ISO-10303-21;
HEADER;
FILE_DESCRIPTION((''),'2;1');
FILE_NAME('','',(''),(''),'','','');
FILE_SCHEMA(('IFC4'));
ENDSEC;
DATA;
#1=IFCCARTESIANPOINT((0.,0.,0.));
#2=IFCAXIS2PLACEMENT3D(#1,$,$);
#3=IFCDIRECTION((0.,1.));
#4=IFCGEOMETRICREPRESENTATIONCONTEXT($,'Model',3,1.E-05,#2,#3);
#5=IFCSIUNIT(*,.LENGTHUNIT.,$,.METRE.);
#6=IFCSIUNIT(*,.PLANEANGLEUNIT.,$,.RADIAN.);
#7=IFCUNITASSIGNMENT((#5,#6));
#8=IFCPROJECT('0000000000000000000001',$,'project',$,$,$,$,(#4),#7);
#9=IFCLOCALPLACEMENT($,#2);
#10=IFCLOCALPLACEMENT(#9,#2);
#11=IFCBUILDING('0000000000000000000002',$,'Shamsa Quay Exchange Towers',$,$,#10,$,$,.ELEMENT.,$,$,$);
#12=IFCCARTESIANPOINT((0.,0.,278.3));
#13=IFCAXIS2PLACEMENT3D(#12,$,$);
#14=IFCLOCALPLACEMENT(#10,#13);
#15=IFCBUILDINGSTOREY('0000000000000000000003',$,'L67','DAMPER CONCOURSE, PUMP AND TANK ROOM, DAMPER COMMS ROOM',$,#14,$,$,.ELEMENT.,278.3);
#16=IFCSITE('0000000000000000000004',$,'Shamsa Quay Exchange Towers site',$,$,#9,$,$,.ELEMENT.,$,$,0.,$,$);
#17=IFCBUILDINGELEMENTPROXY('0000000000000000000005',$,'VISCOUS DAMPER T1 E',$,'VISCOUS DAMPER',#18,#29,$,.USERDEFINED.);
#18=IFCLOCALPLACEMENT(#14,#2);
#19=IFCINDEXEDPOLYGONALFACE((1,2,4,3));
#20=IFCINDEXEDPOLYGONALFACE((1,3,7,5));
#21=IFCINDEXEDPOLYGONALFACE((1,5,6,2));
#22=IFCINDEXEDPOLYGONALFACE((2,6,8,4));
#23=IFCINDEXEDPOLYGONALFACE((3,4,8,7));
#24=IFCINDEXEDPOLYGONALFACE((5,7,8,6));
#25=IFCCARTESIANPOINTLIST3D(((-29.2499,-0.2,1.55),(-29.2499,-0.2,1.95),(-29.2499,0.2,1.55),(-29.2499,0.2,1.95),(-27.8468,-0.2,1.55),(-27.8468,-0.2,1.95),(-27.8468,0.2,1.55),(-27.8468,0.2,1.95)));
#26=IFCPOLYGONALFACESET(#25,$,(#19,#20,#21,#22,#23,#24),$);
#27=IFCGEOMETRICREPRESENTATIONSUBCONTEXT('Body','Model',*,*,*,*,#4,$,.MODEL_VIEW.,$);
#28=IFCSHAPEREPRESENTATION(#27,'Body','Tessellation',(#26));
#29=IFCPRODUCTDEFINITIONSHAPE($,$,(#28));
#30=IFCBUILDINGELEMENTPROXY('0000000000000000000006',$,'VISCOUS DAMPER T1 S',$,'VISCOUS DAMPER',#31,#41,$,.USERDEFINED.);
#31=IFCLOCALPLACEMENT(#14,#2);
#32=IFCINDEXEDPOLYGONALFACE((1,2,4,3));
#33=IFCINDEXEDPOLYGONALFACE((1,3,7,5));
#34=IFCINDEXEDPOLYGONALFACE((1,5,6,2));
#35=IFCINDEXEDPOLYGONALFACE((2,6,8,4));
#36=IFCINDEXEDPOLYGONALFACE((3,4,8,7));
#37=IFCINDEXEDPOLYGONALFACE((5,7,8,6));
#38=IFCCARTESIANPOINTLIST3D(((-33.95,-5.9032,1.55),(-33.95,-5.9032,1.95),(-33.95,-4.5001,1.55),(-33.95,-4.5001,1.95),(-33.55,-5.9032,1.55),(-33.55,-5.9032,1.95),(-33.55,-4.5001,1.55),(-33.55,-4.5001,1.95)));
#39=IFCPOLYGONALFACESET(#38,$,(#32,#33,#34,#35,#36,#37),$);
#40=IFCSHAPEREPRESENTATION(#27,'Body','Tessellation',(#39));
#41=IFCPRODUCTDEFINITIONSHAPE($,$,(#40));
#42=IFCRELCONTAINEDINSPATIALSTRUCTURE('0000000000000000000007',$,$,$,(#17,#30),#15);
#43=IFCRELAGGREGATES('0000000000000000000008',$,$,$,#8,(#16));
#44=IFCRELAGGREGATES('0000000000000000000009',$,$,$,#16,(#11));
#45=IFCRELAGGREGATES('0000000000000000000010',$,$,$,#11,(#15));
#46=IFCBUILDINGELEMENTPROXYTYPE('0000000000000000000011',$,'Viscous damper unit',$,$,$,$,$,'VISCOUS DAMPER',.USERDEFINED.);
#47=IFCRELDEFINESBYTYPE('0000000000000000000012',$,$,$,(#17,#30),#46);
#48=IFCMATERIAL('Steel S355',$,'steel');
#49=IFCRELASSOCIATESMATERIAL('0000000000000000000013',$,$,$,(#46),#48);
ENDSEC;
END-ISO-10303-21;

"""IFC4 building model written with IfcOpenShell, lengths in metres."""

from ifc_helpers import new_model, si_unit, direction, frame, origin, origin_2d, place, context, subcontext, project, spatial, rectangle, extrude, material, type_object, element, save


model = new_model("IFC4")

# Units and contexts
model_context = context("Model", 3, precision=1e-05, world=origin(), true_north=direction((0.0, 1.0)))
body_context = subcontext(model_context, "Body", "Model", "MODEL_VIEW")
ifc_project = project(units=[si_unit("LENGTHUNIT", "METRE"), si_unit("PLANEANGLEUNIT", "RADIAN")], contexts=[model_context])

# Site, building, storey
site_placement = place(None, origin())
site = spatial("IfcSite", under=ifc_project, at=site_placement, Name="Shamsa Quay Exchange Towers site", CompositionType="ELEMENT", RefElevation=0.0)
building_placement = place(site_placement, origin())
building = spatial("IfcBuilding", under=site, at=building_placement, Name="Shamsa Quay Exchange Towers", CompositionType="ELEMENT")
storey_placement = place(building_placement, frame((0.0, 0.0, 278.3)))
storey = spatial("IfcBuildingStorey", under=building, at=storey_placement, Name="L67", Description="DAMPER CONCOURSE, PUMP AND TANK ROOM, DAMPER COMMS ROOM", CompositionType="ELEMENT", Elevation=278.3)

# Shared definitions
ifc_material_1 = material(Name="Steel S355", Category="steel")

# Building element proxies
building_element_proxy_type_1 = type_object("IfcBuildingElementProxyType", Name="Viscous damper unit", ElementType="VISCOUS DAMPER", PredefinedType="USERDEFINED", material=ifc_material_1)
proxy_1_placement = place(storey_placement, frame((-28.5483, 0.0, 1.55)))
element("IfcBuildingElementProxy", 1, at=proxy_1_placement, inside=storey, type_object=building_element_proxy_type_1, Name="VISCOUS DAMPER T1 E", ObjectType="VISCOUS DAMPER", PredefinedType="USERDEFINED", context=body_context, shape_type="SweptSolid", body=[
    extrude(rectangle(XDim=1.4031, YDim=0.3999, at=origin_2d()), origin(), (0.0, 0.0, 1.0), 0.3999),
])
proxy_2_placement = place(storey_placement, frame((-33.75, -5.2017, 1.55)))
element("IfcBuildingElementProxy", 2, at=proxy_2_placement, inside=storey, type_object=building_element_proxy_type_1, Name="VISCOUS DAMPER T1 S", ObjectType="VISCOUS DAMPER", PredefinedType="USERDEFINED", context=body_context, shape_type="SweptSolid", body=[
    extrude(rectangle(XDim=0.3999, YDim=1.4031, at=origin_2d()), origin(), (0.0, 0.0, 1.0), 0.3999),
])

save(model, "model.ifc")
